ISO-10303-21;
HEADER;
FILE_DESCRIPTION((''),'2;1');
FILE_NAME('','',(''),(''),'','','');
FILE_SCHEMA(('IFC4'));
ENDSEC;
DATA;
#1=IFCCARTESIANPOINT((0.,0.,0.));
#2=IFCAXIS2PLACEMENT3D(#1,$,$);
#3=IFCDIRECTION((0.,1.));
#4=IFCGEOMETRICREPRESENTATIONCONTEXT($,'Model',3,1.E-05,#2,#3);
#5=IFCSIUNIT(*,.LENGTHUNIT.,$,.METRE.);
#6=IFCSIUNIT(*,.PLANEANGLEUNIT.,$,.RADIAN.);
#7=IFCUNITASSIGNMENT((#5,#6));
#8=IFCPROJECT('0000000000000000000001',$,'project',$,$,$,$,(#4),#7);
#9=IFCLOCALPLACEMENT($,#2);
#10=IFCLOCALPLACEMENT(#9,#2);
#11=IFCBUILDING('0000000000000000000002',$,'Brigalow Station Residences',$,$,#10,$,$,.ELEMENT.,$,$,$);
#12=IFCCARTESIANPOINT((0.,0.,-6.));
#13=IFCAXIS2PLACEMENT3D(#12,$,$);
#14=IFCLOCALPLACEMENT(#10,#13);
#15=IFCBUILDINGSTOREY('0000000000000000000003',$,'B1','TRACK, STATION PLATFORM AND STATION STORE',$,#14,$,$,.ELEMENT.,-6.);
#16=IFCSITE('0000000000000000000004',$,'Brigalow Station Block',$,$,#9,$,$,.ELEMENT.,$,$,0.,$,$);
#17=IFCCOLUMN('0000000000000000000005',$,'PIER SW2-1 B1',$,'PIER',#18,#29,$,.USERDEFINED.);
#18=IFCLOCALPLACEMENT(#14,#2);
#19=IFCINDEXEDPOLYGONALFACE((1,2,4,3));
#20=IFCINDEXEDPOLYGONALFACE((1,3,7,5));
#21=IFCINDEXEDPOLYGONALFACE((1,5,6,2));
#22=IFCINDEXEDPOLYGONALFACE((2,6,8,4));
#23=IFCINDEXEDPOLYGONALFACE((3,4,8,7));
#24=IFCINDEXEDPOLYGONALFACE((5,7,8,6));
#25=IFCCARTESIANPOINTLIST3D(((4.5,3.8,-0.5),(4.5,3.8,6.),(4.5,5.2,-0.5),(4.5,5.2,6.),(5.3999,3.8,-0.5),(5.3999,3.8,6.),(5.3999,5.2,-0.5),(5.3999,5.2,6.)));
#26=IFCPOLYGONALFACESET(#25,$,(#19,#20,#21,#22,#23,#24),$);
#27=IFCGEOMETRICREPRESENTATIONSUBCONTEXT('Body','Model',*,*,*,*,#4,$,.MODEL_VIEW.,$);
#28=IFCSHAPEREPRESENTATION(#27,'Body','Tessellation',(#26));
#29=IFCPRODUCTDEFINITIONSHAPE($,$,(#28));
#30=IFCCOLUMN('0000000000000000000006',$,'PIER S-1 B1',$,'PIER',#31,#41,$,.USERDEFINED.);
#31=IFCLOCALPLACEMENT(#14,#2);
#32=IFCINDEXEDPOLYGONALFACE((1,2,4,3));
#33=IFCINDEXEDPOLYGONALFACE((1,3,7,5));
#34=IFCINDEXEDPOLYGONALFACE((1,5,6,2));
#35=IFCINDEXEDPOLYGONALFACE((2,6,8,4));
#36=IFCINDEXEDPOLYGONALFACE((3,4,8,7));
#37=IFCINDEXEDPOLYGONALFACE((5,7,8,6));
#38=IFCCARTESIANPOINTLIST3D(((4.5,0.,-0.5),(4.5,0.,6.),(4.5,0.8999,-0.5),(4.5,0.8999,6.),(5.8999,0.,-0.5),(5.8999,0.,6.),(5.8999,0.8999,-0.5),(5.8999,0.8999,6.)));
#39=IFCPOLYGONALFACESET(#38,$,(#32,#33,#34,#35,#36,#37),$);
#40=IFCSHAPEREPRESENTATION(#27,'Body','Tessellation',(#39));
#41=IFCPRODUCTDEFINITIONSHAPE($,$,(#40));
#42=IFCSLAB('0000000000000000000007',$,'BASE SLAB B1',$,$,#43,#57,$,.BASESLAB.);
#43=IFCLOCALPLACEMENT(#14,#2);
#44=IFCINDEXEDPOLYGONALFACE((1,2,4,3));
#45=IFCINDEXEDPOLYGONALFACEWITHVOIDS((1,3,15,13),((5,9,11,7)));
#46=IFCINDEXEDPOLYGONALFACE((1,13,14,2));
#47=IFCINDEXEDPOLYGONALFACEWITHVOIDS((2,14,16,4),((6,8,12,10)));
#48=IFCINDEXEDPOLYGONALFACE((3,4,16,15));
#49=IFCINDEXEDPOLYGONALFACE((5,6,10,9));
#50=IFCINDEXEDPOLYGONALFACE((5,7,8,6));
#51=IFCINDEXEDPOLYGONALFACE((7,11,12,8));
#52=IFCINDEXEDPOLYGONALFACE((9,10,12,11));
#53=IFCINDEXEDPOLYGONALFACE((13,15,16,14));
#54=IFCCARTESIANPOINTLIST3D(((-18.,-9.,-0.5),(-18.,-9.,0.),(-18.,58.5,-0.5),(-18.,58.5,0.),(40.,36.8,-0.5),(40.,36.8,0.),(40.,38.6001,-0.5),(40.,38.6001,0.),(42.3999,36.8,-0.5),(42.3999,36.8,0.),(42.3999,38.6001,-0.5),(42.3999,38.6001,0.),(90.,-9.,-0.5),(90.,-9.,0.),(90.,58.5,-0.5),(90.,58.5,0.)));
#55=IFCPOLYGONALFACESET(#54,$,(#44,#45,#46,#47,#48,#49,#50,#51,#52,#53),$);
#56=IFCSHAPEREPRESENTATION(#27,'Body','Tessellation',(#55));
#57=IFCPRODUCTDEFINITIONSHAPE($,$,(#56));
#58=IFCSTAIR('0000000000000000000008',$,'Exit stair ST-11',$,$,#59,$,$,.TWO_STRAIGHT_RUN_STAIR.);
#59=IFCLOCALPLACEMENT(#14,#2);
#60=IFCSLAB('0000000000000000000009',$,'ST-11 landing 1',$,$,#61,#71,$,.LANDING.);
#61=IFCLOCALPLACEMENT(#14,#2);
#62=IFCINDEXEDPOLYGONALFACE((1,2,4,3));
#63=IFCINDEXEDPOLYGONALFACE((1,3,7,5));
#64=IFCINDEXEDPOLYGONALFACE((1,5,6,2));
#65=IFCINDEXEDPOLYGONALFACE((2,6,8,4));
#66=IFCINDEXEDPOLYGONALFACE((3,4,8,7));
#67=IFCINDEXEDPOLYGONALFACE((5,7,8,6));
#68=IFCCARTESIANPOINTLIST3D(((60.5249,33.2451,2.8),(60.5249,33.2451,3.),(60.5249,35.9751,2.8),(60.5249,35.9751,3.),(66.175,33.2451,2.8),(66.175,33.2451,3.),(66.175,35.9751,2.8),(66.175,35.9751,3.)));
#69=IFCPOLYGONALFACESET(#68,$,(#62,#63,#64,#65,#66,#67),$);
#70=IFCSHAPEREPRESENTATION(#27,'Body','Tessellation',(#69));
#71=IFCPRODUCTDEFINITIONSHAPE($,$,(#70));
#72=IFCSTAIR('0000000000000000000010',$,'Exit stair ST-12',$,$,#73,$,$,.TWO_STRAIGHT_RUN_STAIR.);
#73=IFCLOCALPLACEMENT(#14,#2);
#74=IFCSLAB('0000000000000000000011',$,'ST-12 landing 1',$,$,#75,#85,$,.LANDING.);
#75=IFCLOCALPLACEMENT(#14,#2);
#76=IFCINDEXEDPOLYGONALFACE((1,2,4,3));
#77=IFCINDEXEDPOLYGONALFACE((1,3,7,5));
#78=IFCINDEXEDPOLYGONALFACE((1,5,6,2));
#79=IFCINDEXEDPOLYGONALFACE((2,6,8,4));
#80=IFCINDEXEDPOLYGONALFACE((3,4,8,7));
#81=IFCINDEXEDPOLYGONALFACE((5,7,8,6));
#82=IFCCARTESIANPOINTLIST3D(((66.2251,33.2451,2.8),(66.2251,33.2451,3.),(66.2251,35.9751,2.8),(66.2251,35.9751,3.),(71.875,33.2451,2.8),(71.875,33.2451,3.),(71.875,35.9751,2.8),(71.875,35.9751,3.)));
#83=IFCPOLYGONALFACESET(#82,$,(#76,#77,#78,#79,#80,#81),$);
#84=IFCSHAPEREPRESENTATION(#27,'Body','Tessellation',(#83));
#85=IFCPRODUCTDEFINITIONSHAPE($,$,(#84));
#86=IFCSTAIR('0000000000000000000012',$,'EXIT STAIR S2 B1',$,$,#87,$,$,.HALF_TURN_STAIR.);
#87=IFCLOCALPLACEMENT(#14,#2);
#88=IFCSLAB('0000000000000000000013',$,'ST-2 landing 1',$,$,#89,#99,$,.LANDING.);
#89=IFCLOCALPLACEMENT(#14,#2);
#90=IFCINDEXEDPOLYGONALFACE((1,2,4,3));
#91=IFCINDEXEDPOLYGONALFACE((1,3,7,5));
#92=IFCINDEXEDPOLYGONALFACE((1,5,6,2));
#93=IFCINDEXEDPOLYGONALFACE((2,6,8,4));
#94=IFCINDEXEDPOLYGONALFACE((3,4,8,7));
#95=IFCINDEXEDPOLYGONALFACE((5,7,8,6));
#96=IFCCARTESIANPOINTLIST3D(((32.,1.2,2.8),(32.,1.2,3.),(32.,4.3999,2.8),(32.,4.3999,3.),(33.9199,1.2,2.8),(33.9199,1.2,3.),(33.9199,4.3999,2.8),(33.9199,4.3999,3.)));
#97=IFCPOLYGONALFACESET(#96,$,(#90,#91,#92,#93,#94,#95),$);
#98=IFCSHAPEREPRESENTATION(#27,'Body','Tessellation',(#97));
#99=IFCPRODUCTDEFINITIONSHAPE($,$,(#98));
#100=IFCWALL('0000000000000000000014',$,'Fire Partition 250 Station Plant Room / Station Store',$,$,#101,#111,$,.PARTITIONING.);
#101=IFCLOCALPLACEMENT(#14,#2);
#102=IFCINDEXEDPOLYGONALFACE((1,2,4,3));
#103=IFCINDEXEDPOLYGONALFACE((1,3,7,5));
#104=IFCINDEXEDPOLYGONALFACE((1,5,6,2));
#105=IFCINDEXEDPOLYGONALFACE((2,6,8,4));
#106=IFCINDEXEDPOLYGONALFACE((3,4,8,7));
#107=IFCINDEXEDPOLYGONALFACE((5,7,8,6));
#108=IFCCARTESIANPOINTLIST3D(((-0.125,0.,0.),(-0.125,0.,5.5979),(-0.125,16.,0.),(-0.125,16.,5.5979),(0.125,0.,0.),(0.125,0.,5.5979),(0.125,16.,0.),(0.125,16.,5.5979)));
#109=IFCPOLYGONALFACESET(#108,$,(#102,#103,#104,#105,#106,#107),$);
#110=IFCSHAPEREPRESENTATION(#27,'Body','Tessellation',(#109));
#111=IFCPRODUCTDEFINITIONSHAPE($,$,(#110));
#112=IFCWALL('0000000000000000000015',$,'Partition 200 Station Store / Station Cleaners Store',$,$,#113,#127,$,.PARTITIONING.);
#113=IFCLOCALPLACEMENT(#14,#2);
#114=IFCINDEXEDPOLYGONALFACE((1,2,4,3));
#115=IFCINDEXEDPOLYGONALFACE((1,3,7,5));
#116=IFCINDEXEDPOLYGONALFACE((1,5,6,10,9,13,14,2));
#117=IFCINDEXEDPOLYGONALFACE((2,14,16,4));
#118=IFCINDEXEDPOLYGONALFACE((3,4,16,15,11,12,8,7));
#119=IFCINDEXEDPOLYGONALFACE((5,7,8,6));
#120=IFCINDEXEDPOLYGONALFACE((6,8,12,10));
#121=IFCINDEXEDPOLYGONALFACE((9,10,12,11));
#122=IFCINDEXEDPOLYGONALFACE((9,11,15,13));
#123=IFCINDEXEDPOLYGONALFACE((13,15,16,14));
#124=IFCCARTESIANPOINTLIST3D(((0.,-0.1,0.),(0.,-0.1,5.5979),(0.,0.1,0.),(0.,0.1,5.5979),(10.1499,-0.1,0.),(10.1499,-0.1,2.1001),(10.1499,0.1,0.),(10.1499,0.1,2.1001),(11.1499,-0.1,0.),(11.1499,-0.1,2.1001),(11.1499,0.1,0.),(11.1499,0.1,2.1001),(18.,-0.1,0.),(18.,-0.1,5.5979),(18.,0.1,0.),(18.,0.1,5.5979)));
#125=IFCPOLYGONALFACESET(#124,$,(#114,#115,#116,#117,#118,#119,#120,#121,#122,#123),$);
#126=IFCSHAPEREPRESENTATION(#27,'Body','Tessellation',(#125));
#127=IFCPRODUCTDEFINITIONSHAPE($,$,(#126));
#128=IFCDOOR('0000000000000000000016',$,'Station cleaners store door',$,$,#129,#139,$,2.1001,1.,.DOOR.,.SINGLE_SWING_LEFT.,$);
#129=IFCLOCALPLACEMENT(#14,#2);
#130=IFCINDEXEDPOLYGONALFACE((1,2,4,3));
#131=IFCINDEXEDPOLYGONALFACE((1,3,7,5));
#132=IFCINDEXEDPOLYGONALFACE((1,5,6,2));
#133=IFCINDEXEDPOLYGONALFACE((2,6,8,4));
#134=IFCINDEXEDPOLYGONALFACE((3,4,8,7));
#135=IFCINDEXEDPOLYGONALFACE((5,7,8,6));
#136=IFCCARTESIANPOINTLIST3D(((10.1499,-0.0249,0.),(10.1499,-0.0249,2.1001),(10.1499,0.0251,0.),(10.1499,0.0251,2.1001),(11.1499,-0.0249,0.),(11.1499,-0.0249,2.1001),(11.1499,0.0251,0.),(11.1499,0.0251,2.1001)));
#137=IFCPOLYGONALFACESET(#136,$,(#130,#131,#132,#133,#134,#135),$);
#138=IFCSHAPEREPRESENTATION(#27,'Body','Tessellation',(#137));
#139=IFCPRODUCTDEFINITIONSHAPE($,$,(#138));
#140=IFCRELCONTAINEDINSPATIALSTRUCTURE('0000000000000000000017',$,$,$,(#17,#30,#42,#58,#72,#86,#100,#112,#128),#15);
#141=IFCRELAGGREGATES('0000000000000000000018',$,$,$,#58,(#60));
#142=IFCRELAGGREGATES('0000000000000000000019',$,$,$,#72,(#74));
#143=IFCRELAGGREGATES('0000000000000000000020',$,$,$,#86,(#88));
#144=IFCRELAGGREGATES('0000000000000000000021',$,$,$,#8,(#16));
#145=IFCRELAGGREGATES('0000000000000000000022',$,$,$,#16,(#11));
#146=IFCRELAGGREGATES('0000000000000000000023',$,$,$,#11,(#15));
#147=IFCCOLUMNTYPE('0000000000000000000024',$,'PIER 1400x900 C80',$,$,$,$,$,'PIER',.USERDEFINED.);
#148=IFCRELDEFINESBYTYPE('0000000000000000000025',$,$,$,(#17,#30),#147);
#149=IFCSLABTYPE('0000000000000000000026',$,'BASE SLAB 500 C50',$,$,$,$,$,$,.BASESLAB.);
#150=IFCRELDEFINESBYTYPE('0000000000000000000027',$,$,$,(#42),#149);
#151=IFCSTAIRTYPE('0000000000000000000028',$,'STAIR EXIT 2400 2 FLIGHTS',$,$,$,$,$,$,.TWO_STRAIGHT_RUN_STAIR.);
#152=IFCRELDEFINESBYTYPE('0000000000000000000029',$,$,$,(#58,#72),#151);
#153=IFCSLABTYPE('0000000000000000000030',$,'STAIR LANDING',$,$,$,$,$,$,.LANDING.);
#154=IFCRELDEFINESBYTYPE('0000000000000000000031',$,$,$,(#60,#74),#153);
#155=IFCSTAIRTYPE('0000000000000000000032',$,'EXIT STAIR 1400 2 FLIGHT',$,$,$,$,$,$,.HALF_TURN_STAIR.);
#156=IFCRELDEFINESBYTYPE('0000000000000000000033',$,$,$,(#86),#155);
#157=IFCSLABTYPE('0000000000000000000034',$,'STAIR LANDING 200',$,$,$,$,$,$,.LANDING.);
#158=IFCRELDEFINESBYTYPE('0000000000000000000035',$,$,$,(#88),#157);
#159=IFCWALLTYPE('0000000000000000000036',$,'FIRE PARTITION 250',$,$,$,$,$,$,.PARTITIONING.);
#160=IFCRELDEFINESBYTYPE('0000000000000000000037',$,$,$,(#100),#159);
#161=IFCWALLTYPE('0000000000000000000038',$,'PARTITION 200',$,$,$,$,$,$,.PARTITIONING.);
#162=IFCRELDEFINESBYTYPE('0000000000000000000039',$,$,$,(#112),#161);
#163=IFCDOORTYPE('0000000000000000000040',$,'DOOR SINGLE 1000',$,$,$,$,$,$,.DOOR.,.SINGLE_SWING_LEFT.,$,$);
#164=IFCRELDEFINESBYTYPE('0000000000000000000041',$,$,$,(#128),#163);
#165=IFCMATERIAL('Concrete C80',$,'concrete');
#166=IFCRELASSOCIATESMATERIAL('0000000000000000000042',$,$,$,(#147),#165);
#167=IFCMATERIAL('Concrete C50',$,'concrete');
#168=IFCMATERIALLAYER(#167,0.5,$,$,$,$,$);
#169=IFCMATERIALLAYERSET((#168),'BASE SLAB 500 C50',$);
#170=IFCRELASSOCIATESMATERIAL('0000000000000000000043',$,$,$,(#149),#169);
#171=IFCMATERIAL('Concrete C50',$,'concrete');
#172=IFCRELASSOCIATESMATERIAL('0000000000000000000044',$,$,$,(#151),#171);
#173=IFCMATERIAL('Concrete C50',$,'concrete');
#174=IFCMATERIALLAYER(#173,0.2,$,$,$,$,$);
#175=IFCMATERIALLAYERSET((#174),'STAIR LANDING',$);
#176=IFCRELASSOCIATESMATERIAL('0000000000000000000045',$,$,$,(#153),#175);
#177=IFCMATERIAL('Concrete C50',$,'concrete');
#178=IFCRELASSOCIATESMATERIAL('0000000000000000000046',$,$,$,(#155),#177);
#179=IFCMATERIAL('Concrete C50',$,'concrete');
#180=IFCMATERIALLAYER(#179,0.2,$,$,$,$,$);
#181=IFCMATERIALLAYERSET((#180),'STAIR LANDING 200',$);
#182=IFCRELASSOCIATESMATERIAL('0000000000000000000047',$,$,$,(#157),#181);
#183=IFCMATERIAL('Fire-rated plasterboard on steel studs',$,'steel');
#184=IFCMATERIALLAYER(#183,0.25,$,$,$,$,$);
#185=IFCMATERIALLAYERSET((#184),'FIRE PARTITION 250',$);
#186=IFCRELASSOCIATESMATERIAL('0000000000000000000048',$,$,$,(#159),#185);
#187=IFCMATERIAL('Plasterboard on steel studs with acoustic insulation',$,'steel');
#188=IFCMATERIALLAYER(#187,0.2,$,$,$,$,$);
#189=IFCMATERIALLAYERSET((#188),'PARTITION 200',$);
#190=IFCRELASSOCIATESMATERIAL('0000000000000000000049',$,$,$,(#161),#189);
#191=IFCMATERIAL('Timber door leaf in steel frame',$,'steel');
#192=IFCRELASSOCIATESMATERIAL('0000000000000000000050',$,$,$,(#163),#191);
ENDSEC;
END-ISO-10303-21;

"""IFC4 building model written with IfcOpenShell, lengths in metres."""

from ifc_helpers import new_model, si_unit, direction, frame, frame_2d, origin, origin_with_axes, origin_2d, place, context, subcontext, project, spatial, polyline, rectangle, outline, extrude, material, layer, layer_set, material_profile, profile_set, type_object, element, fill, aggregate, save


model = new_model("IFC4")

# Units and contexts
model_context = context("Model", 3, precision=1e-05, world=origin(), true_north=direction((0.0, 1.0)))
body_context = subcontext(model_context, "Body", "Model", "MODEL_VIEW")
ifc_project = project(units=[si_unit("LENGTHUNIT", "METRE"), si_unit("PLANEANGLEUNIT", "RADIAN")], contexts=[model_context])

# Site, building, storey
site_placement = place(None, origin())
site = spatial("IfcSite", under=ifc_project, at=site_placement, Name="Brigalow Station Block", CompositionType="ELEMENT", RefElevation=0.0)
building_placement = place(site_placement, origin())
building = spatial("IfcBuilding", under=site, at=building_placement, Name="Brigalow Station Residences", CompositionType="ELEMENT")
storey_placement = place(building_placement, frame((0.0, 0.0, -6.0)))
storey = spatial("IfcBuildingStorey", under=building, at=storey_placement, Name="B1", Description="TRACK, STATION PLATFORM AND STATION STORE", CompositionType="ELEMENT", Elevation=-6.0)

# Columns
ifc_material_1 = material(Name="Concrete C80", Category="concrete")
ifc_material_profile_1 = material_profile(ifc_material_1, rectangle(XDim=1.3999, YDim=0.8999, at=origin_2d()), Name="RC1400x900")
ifc_profile_set_1 = profile_set([ifc_material_profile_1], Name="Concrete C80")
column_type_1 = type_object("IfcColumnType", Name="PIER 1400x900 C80", ElementType="PIER", PredefinedType="USERDEFINED", material=ifc_profile_set_1)
for number, where, z_axis, x_axis, name in (
    (1, (4.95, 4.5, -0.5), (0.0, 0.0, 1.0), (0.0, -1.0, 0.0), "PIER SW2-1 B1"),
    (2, (5.2, 0.45, -0.5), (0.0, 0.0, 1.0), (1.0, 0.0, 0.0), "PIER S-1 B1"),
):
    element("IfcColumn", number, at=place(storey_placement, frame(where, z_axis=z_axis, x_axis=x_axis)), inside=storey, type_object=column_type_1, Name=name, ObjectType="PIER", PredefinedType="USERDEFINED", context=body_context, shape_type="SweptSolid", body=[
        extrude(rectangle(XDim=1.3999, YDim=0.8999, at=origin_2d()), origin(), (0.0, 0.0, 1.0), 6.5),
    ])

# Slab
ifc_material_2 = material(Name="Concrete C50", Category="concrete")
ifc_layer_1 = layer(ifc_material_2, 0.5)
ifc_layer_set_1 = layer_set([ifc_layer_1], Name="BASE SLAB 500 C50")
slab_type_1 = type_object("IfcSlabType", Name="BASE SLAB 500 C50", PredefinedType="BASESLAB", material=ifc_layer_set_1)
slab_1_placement = place(storey_placement, frame((0.0, 0.0, -0.5)))
element("IfcSlab", 3, at=slab_1_placement, inside=storey, type_object=slab_type_1, Name="BASE SLAB B1", PredefinedType="BASESLAB", context=body_context, shape_type="SweptSolid", body=[
    extrude(outline(polyline([(-18.0, -9.0), (90.0, -9.0), (90.0, 58.5), (-18.0, 58.5), (-18.0, -9.0)]), holes=[polyline([(40.0, 38.6001), (42.3999, 38.6001), (42.3999, 36.8), (40.0, 36.8), (40.0, 38.6001)])]), origin(), (0.0, 0.0, 1.0), 0.5),
])

# Stairs, slabs
ifc_material_3 = material(Name="Concrete C50", Category="concrete")
stair_type_1 = type_object("IfcStairType", Name="STAIR EXIT 2400 2 FLIGHTS", PredefinedType="TWO_STRAIGHT_RUN_STAIR", material=ifc_material_3)
stair_1_placement = place(storey_placement, origin())
stair_1 = element("IfcStair", 4, at=stair_1_placement, inside=storey, type_object=stair_type_1, Name="Exit stair ST-11", PredefinedType="TWO_STRAIGHT_RUN_STAIR")
ifc_material_4 = material(Name="Concrete C50", Category="concrete")
ifc_layer_2 = layer(ifc_material_4, 0.2)
ifc_layer_set_2 = layer_set([ifc_layer_2], Name="STAIR LANDING")
slab_type_2 = type_object("IfcSlabType", Name="STAIR LANDING", PredefinedType="LANDING", material=ifc_layer_set_2)
slab_2_placement = place(storey_placement, frame((0.0, 0.0, 2.8)))
slab_2 = element("IfcSlab", 5, at=slab_2_placement, type_object=slab_type_2, Name="ST-11 landing 1", PredefinedType="LANDING", context=body_context, shape_type="SweptSolid", body=[
    extrude(outline(polyline([(60.5249, 33.2451), (66.175, 33.2451), (66.175, 35.9751), (60.5249, 35.9751), (60.5249, 33.2451)])), origin(), (0.0, 0.0, 1.0), 0.2),
])
aggregate(stair_1, [slab_2])
stair_2_placement = place(storey_placement, origin())
stair_2 = element("IfcStair", 6, at=stair_2_placement, inside=storey, type_object=stair_type_1, Name="Exit stair ST-12", PredefinedType="TWO_STRAIGHT_RUN_STAIR")
slab_3_placement = place(storey_placement, frame((0.0, 0.0, 2.8)))
slab_3 = element("IfcSlab", 7, at=slab_3_placement, type_object=slab_type_2, Name="ST-12 landing 1", PredefinedType="LANDING", context=body_context, shape_type="SweptSolid", body=[
    extrude(outline(polyline([(66.2251, 33.2451), (71.875, 33.2451), (71.875, 35.9751), (66.2251, 35.9751), (66.2251, 33.2451)])), origin(), (0.0, 0.0, 1.0), 0.2),
])
aggregate(stair_2, [slab_3])
ifc_material_5 = material(Name="Concrete C50", Category="concrete")
stair_type_2 = type_object("IfcStairType", Name="EXIT STAIR 1400 2 FLIGHT", PredefinedType="HALF_TURN_STAIR", material=ifc_material_5)
stair_3_placement = place(storey_placement, origin())
stair_3 = element("IfcStair", 8, at=stair_3_placement, inside=storey, type_object=stair_type_2, Name="EXIT STAIR S2 B1", PredefinedType="HALF_TURN_STAIR")
ifc_material_6 = material(Name="Concrete C50", Category="concrete")
ifc_layer_3 = layer(ifc_material_6, 0.2)
ifc_layer_set_3 = layer_set([ifc_layer_3], Name="STAIR LANDING 200")
slab_type_3 = type_object("IfcSlabType", Name="STAIR LANDING 200", PredefinedType="LANDING", material=ifc_layer_set_3)
slab_4_placement = place(storey_placement, frame((0.0, 0.0, 2.8)))
slab_4 = element("IfcSlab", 9, at=slab_4_placement, type_object=slab_type_3, Name="ST-2 landing 1", PredefinedType="LANDING", context=body_context, shape_type="SweptSolid", body=[
    extrude(outline(polyline([(32.0, 1.2), (33.9199, 1.2), (33.9199, 4.3999), (32.0, 4.3999), (32.0, 1.2)])), origin(), (0.0, 0.0, 1.0), 0.2),
])
aggregate(stair_3, [slab_4])

# Wall
ifc_material_7 = material(Name="Fire-rated plasterboard on steel studs", Category="steel")
ifc_layer_4 = layer(ifc_material_7, 0.25)
ifc_layer_set_4 = layer_set([ifc_layer_4], Name="FIRE PARTITION 250")
wall_type_1 = type_object("IfcWallType", Name="FIRE PARTITION 250", PredefinedType="PARTITIONING", material=ifc_layer_set_4)
wall_1_placement = place(storey_placement, frame((0.0, 0.0, 0.0), z_axis=(0.0, 0.0, 1.0), x_axis=(0.0, 1.0, 0.0)))
element("IfcWall", 10, at=wall_1_placement, inside=storey, type_object=wall_type_1, Name="Fire Partition 250 Station Plant Room / Station Store", PredefinedType="PARTITIONING", context=body_context, shape_type="SweptSolid", body=[
    extrude(rectangle(XDim=16.0, YDim=0.25, at=frame_2d((8.0, 0.0))), origin(), (0.0, 0.0, 1.0), 5.5979),
])

# Wall, opening, door
ifc_material_8 = material(Name="Plasterboard on steel studs with acoustic insulation", Category="steel")
ifc_layer_5 = layer(ifc_material_8, 0.2)
ifc_layer_set_5 = layer_set([ifc_layer_5], Name="PARTITION 200")
wall_type_2 = type_object("IfcWallType", Name="PARTITION 200", PredefinedType="PARTITIONING", material=ifc_layer_set_5)
wall_2_placement = place(storey_placement, origin_with_axes())
wall_2 = element("IfcWall", 11, at=wall_2_placement, inside=storey, type_object=wall_type_2, Name="Partition 200 Station Store / Station Cleaners Store", PredefinedType="PARTITIONING", context=body_context, shape_type="SweptSolid", body=[
    extrude(rectangle(XDim=18.0, YDim=0.2, at=frame_2d((9.0, 0.0))), origin(), (0.0, 0.0, 1.0), 5.5979),
])
opening_placement = place(wall_2_placement, frame((10.1499, 0.0, 0.0)))
opening = element("IfcOpeningElement", 12, at=opening_placement, cuts=wall_2, PredefinedType="OPENING", context=body_context, shape_type="SweptSolid", body=[
    extrude(rectangle(XDim=1.0, YDim=2.1001, at=frame_2d((0.5, 1.05))), frame((0.0, 0.1099, 0.0), z_axis=(0.0, -1.0, 0.0), x_axis=(1.0, 0.0, 0.0)), (0.0, 0.0, 1.0), 0.22),
])
ifc_material_9 = material(Name="Timber door leaf in steel frame", Category="steel")
door_type = type_object("IfcDoorType", Name="DOOR SINGLE 1000", OperationType="SINGLE_SWING_LEFT", PredefinedType="DOOR", material=ifc_material_9)
door_placement = place(opening_placement, frame((1.0, 0.0, 0.0), z_axis=(0.0, 0.0, 1.0), x_axis=(-1.0, 0.0, 0.0)))
door = element("IfcDoor", 13, at=door_placement, inside=storey, type_object=door_type, Name="Station cleaners store door", OperationType="SINGLE_SWING_LEFT", OverallHeight=2.1001, OverallWidth=1.0, PredefinedType="DOOR", context=body_context, shape_type="SweptSolid", body=[
    extrude(rectangle(XDim=1.0, YDim=2.1001, at=frame_2d((0.5, 1.05))), frame((0.0, 0.0249, 0.0), z_axis=(0.0, -1.0, 0.0), x_axis=(1.0, 0.0, 0.0)), (0.0, 0.0, 1.0), 0.05),
])
fill(opening, door)

save(model, "model.ifc")
